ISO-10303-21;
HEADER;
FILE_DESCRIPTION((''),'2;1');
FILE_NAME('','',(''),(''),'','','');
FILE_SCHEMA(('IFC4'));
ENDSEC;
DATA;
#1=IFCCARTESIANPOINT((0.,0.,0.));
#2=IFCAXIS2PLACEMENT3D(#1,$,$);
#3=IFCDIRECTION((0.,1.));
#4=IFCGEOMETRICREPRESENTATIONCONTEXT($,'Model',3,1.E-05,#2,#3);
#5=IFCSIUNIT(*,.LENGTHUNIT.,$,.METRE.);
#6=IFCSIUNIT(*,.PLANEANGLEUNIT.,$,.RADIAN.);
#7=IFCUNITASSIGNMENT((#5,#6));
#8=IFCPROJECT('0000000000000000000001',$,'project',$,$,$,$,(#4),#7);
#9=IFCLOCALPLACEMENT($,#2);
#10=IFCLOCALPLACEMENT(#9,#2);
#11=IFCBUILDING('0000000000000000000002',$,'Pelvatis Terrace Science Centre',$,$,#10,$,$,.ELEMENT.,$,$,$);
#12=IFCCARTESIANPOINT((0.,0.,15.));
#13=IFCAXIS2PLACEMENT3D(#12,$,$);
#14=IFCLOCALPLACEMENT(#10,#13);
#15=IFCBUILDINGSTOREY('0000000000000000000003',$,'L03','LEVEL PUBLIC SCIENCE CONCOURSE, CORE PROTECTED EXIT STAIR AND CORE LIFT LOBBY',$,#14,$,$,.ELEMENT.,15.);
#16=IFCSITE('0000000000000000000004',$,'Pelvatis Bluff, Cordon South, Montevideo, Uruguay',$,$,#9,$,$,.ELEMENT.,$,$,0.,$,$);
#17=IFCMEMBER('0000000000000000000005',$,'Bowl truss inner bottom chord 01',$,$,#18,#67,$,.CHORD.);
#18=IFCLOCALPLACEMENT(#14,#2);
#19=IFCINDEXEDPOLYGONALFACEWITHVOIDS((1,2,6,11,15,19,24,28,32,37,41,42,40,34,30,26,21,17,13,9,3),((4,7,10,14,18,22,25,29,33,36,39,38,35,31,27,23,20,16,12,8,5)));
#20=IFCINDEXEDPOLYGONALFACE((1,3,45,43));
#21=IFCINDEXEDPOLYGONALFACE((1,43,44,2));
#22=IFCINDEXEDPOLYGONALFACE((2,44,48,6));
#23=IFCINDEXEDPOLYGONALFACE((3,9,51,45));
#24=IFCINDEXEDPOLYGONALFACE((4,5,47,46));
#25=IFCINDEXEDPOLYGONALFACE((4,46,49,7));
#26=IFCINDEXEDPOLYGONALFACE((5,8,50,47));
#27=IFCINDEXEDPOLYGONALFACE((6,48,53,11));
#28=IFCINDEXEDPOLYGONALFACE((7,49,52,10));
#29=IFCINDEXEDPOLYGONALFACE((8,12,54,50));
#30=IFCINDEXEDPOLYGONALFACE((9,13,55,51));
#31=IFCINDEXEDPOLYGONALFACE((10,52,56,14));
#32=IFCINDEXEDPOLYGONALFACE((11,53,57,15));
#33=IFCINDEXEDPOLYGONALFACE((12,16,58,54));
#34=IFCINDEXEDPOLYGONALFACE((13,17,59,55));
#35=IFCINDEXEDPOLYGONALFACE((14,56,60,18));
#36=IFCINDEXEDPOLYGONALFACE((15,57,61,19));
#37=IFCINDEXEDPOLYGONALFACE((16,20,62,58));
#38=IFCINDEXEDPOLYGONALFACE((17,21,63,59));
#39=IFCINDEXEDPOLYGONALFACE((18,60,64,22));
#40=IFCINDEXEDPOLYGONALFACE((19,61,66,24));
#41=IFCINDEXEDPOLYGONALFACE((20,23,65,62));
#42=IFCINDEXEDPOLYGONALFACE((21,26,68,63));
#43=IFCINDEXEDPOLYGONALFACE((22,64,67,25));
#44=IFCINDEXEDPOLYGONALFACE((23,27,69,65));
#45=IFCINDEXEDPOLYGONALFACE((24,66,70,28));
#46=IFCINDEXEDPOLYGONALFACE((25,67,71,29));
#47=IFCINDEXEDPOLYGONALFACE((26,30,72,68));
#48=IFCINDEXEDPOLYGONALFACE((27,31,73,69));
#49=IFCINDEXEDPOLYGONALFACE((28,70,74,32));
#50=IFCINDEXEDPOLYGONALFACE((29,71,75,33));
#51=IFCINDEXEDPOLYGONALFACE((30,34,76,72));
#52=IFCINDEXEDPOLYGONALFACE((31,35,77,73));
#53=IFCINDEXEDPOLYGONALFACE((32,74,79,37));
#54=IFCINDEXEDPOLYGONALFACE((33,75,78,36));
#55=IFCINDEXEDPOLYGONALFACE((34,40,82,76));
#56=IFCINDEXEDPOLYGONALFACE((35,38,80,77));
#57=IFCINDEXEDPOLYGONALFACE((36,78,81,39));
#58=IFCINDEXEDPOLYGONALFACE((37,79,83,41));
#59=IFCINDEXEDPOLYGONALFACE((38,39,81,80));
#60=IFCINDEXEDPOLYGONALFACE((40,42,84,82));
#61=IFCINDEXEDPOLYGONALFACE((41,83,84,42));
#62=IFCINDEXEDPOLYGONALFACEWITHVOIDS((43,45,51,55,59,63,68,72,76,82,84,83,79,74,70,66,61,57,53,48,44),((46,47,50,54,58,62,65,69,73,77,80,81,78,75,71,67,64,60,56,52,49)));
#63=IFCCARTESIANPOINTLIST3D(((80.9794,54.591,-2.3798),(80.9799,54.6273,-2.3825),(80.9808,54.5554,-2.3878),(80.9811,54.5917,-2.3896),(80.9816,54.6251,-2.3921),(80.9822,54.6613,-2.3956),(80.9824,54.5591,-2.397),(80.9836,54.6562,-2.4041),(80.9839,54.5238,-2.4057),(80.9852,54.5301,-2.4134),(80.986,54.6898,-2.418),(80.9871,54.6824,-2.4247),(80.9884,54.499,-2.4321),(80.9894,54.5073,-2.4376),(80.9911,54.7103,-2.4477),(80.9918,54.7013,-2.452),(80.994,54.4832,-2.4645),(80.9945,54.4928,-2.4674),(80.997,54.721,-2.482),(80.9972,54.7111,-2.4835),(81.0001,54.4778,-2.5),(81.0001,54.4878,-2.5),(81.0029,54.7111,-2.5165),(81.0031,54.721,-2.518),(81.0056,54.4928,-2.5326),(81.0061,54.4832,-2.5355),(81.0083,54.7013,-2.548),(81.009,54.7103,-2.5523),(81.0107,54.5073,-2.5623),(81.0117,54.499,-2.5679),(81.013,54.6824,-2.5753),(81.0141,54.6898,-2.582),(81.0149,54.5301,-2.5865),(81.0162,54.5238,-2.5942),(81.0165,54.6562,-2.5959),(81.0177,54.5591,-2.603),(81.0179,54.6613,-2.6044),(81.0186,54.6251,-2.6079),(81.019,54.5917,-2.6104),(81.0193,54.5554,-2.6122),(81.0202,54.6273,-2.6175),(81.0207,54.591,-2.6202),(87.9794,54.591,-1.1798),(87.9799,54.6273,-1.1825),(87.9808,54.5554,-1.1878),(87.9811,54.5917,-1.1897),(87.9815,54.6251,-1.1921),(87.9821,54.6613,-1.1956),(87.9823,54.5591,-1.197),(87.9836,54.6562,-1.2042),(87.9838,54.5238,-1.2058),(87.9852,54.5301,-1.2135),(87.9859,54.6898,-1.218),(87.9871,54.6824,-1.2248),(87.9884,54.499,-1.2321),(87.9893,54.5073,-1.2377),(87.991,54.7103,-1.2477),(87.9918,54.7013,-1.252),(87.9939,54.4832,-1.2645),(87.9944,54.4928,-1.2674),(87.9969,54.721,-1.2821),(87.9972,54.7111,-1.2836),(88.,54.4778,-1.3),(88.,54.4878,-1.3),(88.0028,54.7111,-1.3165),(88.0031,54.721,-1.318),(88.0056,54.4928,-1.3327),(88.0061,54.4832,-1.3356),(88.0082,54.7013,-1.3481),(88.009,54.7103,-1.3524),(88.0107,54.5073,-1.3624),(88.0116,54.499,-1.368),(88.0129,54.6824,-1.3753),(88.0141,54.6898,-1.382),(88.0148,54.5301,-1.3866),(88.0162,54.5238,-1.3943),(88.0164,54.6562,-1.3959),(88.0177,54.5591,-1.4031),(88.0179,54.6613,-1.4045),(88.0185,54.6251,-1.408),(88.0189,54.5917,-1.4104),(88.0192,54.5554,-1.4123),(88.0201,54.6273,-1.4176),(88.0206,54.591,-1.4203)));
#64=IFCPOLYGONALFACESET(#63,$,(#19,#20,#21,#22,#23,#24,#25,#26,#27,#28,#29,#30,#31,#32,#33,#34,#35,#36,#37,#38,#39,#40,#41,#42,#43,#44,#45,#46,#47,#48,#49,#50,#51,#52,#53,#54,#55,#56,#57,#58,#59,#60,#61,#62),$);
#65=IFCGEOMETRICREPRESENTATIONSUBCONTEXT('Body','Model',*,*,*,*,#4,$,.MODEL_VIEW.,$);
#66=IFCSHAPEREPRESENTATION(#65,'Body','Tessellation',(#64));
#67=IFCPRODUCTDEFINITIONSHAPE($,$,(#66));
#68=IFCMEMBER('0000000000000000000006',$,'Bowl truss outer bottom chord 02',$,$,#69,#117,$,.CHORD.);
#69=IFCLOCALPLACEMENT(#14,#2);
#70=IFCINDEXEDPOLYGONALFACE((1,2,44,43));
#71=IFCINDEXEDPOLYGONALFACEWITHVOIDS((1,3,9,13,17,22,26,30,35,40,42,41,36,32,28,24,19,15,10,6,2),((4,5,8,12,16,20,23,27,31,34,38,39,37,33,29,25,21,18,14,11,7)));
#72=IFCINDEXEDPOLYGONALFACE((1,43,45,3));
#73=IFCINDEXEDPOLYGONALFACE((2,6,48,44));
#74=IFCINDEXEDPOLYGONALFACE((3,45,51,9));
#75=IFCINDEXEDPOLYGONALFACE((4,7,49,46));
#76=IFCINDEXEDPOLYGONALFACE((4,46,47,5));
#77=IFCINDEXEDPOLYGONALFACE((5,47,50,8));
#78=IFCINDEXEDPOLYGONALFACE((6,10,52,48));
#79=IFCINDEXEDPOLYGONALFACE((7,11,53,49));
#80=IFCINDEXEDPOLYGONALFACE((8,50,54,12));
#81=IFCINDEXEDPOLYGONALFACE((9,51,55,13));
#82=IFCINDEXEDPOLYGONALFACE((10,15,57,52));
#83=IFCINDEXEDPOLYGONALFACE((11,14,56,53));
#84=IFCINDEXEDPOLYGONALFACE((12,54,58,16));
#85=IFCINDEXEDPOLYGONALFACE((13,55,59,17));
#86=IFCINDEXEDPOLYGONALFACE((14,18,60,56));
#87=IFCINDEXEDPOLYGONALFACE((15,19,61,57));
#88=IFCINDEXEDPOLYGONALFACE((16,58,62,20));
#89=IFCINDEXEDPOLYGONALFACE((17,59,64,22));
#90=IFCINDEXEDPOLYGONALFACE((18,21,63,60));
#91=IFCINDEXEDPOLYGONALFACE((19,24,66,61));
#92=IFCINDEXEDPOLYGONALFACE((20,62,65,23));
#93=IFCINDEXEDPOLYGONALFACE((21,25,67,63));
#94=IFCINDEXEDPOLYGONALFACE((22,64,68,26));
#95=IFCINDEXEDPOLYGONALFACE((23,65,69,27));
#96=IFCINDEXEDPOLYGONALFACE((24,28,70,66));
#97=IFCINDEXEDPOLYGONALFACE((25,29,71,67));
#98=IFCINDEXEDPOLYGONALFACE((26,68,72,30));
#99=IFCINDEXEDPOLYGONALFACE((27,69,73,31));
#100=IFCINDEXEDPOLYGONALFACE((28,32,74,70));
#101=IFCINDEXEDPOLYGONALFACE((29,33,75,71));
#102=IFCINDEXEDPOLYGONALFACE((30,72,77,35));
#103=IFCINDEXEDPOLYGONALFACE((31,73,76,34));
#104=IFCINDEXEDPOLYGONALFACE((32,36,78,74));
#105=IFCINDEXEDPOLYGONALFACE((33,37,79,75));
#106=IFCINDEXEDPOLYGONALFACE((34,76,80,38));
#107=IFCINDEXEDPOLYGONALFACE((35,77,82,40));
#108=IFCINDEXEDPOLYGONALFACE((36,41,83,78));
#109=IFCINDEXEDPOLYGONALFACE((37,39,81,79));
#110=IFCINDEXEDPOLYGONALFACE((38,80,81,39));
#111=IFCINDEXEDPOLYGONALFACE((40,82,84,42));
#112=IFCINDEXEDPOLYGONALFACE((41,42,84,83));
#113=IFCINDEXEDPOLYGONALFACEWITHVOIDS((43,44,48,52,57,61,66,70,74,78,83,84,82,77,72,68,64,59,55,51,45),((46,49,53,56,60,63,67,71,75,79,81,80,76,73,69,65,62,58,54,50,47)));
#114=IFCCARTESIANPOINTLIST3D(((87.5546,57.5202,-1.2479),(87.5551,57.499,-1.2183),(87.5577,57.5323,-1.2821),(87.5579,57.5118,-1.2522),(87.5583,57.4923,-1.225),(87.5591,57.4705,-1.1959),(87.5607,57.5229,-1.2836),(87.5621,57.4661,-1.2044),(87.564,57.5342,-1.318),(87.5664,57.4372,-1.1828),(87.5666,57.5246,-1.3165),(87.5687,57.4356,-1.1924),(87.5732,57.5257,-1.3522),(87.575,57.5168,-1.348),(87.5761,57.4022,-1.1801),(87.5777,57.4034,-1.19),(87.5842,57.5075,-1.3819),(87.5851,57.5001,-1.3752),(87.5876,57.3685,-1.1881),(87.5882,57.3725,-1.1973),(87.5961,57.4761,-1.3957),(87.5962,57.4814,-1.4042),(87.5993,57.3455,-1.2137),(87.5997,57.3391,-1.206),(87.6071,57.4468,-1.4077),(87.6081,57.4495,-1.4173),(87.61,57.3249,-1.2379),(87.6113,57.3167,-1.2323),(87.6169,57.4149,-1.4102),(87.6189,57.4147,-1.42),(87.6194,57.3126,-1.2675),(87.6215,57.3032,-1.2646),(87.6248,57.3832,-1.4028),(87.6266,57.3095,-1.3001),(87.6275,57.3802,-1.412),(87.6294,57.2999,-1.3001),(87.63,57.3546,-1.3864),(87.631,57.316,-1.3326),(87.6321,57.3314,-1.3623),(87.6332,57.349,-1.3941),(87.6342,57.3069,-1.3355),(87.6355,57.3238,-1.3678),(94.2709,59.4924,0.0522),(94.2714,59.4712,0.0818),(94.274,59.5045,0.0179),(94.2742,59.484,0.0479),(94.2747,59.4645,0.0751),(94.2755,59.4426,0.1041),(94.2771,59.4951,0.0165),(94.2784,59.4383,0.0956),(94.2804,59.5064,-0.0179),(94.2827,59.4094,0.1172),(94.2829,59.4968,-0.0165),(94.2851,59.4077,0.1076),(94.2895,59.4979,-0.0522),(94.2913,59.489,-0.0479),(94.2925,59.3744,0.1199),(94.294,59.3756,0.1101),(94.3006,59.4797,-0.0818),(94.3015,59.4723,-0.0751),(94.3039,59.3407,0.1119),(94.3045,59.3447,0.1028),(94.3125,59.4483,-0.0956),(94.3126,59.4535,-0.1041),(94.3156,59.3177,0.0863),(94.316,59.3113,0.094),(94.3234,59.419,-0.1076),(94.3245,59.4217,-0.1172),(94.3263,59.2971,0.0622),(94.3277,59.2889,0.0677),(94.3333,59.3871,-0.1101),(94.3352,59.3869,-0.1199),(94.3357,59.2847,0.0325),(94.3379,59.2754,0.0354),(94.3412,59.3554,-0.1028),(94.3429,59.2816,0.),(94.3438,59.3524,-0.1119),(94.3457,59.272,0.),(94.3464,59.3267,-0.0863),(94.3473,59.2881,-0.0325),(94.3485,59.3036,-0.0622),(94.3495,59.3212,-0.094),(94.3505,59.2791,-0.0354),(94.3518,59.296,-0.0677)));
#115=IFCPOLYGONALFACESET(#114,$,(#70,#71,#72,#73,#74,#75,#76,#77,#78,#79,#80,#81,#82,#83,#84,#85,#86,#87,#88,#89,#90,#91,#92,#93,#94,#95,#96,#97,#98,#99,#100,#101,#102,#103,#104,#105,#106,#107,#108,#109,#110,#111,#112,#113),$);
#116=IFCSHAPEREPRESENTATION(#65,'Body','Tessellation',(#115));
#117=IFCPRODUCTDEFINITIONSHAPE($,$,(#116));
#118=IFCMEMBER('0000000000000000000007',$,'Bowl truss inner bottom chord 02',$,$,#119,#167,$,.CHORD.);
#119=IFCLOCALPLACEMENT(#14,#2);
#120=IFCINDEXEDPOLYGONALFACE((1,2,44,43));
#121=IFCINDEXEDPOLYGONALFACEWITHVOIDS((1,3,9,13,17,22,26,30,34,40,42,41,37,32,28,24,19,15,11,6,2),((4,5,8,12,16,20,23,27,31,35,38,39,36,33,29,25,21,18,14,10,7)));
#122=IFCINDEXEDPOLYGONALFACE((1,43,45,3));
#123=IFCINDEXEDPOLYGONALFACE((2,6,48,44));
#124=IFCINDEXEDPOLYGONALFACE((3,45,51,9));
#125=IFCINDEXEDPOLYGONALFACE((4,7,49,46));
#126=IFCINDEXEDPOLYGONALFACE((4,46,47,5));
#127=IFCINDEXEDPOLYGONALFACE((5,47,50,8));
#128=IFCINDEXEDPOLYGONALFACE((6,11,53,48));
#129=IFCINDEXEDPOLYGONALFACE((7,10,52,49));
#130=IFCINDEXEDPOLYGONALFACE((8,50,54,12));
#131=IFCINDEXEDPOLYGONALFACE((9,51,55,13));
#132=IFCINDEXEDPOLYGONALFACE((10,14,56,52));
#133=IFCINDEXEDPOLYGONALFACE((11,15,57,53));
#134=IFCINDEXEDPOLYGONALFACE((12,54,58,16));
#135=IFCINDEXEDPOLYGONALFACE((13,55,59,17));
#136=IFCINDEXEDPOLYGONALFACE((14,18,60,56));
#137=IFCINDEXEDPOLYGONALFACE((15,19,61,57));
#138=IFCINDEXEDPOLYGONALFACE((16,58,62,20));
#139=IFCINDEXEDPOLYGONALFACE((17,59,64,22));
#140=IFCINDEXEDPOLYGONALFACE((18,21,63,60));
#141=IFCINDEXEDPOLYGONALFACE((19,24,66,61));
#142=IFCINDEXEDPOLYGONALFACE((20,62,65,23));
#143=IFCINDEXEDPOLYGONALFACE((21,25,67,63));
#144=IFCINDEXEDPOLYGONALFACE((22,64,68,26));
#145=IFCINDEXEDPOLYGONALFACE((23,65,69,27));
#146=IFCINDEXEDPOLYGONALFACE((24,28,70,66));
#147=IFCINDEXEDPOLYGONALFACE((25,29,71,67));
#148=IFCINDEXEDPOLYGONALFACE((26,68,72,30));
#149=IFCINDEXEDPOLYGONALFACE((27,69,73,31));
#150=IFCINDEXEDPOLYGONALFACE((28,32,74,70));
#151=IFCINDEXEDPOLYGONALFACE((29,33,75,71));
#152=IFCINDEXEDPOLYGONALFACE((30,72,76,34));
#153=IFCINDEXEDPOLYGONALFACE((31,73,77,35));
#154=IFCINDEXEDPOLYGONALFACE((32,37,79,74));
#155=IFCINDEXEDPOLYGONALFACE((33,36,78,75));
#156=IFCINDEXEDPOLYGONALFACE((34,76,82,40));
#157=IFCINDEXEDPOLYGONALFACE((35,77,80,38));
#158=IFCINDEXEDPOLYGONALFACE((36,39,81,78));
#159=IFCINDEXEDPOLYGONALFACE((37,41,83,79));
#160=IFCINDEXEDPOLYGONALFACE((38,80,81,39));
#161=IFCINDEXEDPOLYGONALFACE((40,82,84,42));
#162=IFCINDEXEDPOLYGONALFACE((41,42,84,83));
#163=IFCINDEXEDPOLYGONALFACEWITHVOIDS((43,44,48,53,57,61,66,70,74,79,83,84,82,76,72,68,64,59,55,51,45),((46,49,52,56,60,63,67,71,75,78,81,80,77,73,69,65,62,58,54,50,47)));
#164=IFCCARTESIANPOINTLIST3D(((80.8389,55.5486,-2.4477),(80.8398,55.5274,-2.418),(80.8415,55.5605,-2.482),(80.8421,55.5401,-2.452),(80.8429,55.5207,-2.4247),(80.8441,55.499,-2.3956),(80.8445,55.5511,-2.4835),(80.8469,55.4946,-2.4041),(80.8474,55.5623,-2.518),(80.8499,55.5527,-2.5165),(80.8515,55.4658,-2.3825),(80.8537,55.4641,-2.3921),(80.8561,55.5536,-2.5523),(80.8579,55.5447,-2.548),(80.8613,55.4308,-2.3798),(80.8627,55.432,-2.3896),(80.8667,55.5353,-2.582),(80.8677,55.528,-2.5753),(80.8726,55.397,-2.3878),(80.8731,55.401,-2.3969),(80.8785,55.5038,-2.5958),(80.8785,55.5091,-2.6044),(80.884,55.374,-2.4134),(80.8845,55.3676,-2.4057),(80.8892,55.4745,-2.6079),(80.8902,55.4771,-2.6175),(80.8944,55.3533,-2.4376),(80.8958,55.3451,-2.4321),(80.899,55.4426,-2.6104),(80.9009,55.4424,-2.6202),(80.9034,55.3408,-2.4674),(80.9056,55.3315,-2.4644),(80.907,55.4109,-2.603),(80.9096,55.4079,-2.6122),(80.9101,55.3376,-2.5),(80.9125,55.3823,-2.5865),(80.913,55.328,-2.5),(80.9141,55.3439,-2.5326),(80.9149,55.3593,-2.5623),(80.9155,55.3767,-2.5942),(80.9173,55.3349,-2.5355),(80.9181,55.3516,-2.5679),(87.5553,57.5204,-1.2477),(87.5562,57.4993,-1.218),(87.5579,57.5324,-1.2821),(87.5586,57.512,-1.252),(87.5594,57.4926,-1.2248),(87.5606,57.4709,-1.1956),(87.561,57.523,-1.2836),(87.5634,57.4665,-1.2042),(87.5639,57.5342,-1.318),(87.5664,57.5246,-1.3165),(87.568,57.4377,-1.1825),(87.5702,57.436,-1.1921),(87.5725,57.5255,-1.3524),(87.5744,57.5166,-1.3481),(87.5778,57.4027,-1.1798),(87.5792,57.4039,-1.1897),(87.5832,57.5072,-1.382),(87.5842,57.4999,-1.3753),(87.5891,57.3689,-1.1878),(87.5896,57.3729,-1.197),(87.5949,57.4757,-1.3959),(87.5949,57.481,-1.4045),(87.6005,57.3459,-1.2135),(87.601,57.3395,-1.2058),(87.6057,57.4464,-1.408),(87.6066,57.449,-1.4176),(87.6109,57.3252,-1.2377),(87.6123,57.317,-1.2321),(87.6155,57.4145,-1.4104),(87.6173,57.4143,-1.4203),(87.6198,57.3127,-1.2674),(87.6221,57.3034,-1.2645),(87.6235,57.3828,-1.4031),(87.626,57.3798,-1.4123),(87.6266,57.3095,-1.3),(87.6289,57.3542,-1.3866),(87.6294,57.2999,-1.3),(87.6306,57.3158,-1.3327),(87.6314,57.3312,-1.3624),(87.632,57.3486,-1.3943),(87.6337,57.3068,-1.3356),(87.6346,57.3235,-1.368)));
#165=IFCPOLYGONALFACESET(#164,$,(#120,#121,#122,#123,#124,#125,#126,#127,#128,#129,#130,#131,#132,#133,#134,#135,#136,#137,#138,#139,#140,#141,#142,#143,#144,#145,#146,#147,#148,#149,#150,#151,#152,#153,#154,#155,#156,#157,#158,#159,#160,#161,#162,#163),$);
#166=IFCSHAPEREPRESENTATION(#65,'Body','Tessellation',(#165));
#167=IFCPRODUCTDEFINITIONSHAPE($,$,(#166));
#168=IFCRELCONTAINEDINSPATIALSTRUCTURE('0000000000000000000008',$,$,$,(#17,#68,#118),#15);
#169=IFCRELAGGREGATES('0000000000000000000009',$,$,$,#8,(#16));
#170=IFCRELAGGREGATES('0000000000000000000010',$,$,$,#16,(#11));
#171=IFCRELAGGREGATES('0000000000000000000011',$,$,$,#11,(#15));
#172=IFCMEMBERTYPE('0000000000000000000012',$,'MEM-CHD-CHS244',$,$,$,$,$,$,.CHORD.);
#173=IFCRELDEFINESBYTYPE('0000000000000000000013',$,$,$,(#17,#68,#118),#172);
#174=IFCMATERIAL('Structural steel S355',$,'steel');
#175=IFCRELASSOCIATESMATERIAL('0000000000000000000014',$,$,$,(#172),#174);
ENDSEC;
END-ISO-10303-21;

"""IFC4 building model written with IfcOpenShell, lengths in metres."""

from ifc_helpers import new_model, si_unit, direction, frame, origin, origin_2d, place, context, subcontext, project, spatial, hollow_circle, extrude, material, material_profile, profile_set, type_object, element, save


model = new_model("IFC4")

# Units and contexts
model_context = context("Model", 3, precision=1e-05, world=origin(), true_north=direction((0.0, 1.0)))
body_context = subcontext(model_context, "Body", "Model", "MODEL_VIEW")
ifc_project = project(units=[si_unit("LENGTHUNIT", "METRE"), si_unit("PLANEANGLEUNIT", "RADIAN")], contexts=[model_context])

# Site, building, storey
site_placement = place(None, origin())
site = spatial("IfcSite", under=ifc_project, at=site_placement, Name="Pelvatis Bluff, Cordon South, Montevideo, Uruguay", CompositionType="ELEMENT", RefElevation=0.0)
building_placement = place(site_placement, origin())
building = spatial("IfcBuilding", under=site, at=building_placement, Name="Pelvatis Terrace Science Centre", CompositionType="ELEMENT")
storey_placement = place(building_placement, frame((0.0, 0.0, 15.0)))
storey = spatial("IfcBuildingStorey", under=building, at=storey_placement, Name="L03", Description="LEVEL PUBLIC SCIENCE CONCOURSE, CORE PROTECTED EXIT STAIR AND CORE LIFT LOBBY", CompositionType="ELEMENT", Elevation=15.0)

# Members
ifc_material_1 = material(Name="Structural steel S355", Category="steel")
ifc_material_profile_1 = material_profile(ifc_material_1, hollow_circle(Radius=0.1223, WallThickness=0.01, at=origin_2d()), Name="CHS 244.5x10.0")
ifc_profile_set_1 = profile_set([ifc_material_profile_1], Name="Structural steel S355")
member_type_1 = type_object("IfcMemberType", Name="MEM-CHD-CHS244", PredefinedType="CHORD", material=ifc_profile_set_1)
member_1_placement = place(storey_placement, frame((88.0, 54.6001, -1.3), z_axis=(-0.985623, 0.0, -0.168957), x_axis=(0.0, -1.0, 0.0)))
element("IfcMember", 1, at=member_1_placement, inside=storey, type_object=member_type_1, Name="Bowl truss inner bottom chord 01", PredefinedType="CHORD", context=body_context, shape_type="SweptSolid", body=[
    extrude(hollow_circle(Radius=0.1223, WallThickness=0.01, at=origin_2d()), origin(), (0.0, 0.0, 1.0), 7.1021),
])
member_2_placement = place(storey_placement, frame((94.3113, 59.3894, 0.0), z_axis=(-0.943358, -0.277006, -0.182602), x_axis=(0.281743, -0.95949, 0.0)))
element("IfcMember", 2, at=member_2_placement, inside=storey, type_object=member_type_1, Name="Bowl truss outer bottom chord 02", PredefinedType="CHORD", context=body_context, shape_type="SweptSolid", body=[
    extrude(hollow_circle(Radius=0.1223, WallThickness=0.01, at=origin_2d()), origin(), (0.0, 0.0, 1.0), 7.1196),
])
member_3_placement = place(storey_placement, frame((87.595, 57.4172, -1.3), z_axis=(-0.945708, -0.277652, -0.168956), x_axis=(0.281702, -0.959502, 0.0)))
element("IfcMember", 3, at=member_3_placement, inside=storey, type_object=member_type_1, Name="Bowl truss inner bottom chord 02", PredefinedType="CHORD", context=body_context, shape_type="SweptSolid", body=[
    extrude(hollow_circle(Radius=0.1223, WallThickness=0.01, at=origin_2d()), origin(), (0.0, 0.0, 1.0), 7.1021),
])

save(model, "model.ifc")
